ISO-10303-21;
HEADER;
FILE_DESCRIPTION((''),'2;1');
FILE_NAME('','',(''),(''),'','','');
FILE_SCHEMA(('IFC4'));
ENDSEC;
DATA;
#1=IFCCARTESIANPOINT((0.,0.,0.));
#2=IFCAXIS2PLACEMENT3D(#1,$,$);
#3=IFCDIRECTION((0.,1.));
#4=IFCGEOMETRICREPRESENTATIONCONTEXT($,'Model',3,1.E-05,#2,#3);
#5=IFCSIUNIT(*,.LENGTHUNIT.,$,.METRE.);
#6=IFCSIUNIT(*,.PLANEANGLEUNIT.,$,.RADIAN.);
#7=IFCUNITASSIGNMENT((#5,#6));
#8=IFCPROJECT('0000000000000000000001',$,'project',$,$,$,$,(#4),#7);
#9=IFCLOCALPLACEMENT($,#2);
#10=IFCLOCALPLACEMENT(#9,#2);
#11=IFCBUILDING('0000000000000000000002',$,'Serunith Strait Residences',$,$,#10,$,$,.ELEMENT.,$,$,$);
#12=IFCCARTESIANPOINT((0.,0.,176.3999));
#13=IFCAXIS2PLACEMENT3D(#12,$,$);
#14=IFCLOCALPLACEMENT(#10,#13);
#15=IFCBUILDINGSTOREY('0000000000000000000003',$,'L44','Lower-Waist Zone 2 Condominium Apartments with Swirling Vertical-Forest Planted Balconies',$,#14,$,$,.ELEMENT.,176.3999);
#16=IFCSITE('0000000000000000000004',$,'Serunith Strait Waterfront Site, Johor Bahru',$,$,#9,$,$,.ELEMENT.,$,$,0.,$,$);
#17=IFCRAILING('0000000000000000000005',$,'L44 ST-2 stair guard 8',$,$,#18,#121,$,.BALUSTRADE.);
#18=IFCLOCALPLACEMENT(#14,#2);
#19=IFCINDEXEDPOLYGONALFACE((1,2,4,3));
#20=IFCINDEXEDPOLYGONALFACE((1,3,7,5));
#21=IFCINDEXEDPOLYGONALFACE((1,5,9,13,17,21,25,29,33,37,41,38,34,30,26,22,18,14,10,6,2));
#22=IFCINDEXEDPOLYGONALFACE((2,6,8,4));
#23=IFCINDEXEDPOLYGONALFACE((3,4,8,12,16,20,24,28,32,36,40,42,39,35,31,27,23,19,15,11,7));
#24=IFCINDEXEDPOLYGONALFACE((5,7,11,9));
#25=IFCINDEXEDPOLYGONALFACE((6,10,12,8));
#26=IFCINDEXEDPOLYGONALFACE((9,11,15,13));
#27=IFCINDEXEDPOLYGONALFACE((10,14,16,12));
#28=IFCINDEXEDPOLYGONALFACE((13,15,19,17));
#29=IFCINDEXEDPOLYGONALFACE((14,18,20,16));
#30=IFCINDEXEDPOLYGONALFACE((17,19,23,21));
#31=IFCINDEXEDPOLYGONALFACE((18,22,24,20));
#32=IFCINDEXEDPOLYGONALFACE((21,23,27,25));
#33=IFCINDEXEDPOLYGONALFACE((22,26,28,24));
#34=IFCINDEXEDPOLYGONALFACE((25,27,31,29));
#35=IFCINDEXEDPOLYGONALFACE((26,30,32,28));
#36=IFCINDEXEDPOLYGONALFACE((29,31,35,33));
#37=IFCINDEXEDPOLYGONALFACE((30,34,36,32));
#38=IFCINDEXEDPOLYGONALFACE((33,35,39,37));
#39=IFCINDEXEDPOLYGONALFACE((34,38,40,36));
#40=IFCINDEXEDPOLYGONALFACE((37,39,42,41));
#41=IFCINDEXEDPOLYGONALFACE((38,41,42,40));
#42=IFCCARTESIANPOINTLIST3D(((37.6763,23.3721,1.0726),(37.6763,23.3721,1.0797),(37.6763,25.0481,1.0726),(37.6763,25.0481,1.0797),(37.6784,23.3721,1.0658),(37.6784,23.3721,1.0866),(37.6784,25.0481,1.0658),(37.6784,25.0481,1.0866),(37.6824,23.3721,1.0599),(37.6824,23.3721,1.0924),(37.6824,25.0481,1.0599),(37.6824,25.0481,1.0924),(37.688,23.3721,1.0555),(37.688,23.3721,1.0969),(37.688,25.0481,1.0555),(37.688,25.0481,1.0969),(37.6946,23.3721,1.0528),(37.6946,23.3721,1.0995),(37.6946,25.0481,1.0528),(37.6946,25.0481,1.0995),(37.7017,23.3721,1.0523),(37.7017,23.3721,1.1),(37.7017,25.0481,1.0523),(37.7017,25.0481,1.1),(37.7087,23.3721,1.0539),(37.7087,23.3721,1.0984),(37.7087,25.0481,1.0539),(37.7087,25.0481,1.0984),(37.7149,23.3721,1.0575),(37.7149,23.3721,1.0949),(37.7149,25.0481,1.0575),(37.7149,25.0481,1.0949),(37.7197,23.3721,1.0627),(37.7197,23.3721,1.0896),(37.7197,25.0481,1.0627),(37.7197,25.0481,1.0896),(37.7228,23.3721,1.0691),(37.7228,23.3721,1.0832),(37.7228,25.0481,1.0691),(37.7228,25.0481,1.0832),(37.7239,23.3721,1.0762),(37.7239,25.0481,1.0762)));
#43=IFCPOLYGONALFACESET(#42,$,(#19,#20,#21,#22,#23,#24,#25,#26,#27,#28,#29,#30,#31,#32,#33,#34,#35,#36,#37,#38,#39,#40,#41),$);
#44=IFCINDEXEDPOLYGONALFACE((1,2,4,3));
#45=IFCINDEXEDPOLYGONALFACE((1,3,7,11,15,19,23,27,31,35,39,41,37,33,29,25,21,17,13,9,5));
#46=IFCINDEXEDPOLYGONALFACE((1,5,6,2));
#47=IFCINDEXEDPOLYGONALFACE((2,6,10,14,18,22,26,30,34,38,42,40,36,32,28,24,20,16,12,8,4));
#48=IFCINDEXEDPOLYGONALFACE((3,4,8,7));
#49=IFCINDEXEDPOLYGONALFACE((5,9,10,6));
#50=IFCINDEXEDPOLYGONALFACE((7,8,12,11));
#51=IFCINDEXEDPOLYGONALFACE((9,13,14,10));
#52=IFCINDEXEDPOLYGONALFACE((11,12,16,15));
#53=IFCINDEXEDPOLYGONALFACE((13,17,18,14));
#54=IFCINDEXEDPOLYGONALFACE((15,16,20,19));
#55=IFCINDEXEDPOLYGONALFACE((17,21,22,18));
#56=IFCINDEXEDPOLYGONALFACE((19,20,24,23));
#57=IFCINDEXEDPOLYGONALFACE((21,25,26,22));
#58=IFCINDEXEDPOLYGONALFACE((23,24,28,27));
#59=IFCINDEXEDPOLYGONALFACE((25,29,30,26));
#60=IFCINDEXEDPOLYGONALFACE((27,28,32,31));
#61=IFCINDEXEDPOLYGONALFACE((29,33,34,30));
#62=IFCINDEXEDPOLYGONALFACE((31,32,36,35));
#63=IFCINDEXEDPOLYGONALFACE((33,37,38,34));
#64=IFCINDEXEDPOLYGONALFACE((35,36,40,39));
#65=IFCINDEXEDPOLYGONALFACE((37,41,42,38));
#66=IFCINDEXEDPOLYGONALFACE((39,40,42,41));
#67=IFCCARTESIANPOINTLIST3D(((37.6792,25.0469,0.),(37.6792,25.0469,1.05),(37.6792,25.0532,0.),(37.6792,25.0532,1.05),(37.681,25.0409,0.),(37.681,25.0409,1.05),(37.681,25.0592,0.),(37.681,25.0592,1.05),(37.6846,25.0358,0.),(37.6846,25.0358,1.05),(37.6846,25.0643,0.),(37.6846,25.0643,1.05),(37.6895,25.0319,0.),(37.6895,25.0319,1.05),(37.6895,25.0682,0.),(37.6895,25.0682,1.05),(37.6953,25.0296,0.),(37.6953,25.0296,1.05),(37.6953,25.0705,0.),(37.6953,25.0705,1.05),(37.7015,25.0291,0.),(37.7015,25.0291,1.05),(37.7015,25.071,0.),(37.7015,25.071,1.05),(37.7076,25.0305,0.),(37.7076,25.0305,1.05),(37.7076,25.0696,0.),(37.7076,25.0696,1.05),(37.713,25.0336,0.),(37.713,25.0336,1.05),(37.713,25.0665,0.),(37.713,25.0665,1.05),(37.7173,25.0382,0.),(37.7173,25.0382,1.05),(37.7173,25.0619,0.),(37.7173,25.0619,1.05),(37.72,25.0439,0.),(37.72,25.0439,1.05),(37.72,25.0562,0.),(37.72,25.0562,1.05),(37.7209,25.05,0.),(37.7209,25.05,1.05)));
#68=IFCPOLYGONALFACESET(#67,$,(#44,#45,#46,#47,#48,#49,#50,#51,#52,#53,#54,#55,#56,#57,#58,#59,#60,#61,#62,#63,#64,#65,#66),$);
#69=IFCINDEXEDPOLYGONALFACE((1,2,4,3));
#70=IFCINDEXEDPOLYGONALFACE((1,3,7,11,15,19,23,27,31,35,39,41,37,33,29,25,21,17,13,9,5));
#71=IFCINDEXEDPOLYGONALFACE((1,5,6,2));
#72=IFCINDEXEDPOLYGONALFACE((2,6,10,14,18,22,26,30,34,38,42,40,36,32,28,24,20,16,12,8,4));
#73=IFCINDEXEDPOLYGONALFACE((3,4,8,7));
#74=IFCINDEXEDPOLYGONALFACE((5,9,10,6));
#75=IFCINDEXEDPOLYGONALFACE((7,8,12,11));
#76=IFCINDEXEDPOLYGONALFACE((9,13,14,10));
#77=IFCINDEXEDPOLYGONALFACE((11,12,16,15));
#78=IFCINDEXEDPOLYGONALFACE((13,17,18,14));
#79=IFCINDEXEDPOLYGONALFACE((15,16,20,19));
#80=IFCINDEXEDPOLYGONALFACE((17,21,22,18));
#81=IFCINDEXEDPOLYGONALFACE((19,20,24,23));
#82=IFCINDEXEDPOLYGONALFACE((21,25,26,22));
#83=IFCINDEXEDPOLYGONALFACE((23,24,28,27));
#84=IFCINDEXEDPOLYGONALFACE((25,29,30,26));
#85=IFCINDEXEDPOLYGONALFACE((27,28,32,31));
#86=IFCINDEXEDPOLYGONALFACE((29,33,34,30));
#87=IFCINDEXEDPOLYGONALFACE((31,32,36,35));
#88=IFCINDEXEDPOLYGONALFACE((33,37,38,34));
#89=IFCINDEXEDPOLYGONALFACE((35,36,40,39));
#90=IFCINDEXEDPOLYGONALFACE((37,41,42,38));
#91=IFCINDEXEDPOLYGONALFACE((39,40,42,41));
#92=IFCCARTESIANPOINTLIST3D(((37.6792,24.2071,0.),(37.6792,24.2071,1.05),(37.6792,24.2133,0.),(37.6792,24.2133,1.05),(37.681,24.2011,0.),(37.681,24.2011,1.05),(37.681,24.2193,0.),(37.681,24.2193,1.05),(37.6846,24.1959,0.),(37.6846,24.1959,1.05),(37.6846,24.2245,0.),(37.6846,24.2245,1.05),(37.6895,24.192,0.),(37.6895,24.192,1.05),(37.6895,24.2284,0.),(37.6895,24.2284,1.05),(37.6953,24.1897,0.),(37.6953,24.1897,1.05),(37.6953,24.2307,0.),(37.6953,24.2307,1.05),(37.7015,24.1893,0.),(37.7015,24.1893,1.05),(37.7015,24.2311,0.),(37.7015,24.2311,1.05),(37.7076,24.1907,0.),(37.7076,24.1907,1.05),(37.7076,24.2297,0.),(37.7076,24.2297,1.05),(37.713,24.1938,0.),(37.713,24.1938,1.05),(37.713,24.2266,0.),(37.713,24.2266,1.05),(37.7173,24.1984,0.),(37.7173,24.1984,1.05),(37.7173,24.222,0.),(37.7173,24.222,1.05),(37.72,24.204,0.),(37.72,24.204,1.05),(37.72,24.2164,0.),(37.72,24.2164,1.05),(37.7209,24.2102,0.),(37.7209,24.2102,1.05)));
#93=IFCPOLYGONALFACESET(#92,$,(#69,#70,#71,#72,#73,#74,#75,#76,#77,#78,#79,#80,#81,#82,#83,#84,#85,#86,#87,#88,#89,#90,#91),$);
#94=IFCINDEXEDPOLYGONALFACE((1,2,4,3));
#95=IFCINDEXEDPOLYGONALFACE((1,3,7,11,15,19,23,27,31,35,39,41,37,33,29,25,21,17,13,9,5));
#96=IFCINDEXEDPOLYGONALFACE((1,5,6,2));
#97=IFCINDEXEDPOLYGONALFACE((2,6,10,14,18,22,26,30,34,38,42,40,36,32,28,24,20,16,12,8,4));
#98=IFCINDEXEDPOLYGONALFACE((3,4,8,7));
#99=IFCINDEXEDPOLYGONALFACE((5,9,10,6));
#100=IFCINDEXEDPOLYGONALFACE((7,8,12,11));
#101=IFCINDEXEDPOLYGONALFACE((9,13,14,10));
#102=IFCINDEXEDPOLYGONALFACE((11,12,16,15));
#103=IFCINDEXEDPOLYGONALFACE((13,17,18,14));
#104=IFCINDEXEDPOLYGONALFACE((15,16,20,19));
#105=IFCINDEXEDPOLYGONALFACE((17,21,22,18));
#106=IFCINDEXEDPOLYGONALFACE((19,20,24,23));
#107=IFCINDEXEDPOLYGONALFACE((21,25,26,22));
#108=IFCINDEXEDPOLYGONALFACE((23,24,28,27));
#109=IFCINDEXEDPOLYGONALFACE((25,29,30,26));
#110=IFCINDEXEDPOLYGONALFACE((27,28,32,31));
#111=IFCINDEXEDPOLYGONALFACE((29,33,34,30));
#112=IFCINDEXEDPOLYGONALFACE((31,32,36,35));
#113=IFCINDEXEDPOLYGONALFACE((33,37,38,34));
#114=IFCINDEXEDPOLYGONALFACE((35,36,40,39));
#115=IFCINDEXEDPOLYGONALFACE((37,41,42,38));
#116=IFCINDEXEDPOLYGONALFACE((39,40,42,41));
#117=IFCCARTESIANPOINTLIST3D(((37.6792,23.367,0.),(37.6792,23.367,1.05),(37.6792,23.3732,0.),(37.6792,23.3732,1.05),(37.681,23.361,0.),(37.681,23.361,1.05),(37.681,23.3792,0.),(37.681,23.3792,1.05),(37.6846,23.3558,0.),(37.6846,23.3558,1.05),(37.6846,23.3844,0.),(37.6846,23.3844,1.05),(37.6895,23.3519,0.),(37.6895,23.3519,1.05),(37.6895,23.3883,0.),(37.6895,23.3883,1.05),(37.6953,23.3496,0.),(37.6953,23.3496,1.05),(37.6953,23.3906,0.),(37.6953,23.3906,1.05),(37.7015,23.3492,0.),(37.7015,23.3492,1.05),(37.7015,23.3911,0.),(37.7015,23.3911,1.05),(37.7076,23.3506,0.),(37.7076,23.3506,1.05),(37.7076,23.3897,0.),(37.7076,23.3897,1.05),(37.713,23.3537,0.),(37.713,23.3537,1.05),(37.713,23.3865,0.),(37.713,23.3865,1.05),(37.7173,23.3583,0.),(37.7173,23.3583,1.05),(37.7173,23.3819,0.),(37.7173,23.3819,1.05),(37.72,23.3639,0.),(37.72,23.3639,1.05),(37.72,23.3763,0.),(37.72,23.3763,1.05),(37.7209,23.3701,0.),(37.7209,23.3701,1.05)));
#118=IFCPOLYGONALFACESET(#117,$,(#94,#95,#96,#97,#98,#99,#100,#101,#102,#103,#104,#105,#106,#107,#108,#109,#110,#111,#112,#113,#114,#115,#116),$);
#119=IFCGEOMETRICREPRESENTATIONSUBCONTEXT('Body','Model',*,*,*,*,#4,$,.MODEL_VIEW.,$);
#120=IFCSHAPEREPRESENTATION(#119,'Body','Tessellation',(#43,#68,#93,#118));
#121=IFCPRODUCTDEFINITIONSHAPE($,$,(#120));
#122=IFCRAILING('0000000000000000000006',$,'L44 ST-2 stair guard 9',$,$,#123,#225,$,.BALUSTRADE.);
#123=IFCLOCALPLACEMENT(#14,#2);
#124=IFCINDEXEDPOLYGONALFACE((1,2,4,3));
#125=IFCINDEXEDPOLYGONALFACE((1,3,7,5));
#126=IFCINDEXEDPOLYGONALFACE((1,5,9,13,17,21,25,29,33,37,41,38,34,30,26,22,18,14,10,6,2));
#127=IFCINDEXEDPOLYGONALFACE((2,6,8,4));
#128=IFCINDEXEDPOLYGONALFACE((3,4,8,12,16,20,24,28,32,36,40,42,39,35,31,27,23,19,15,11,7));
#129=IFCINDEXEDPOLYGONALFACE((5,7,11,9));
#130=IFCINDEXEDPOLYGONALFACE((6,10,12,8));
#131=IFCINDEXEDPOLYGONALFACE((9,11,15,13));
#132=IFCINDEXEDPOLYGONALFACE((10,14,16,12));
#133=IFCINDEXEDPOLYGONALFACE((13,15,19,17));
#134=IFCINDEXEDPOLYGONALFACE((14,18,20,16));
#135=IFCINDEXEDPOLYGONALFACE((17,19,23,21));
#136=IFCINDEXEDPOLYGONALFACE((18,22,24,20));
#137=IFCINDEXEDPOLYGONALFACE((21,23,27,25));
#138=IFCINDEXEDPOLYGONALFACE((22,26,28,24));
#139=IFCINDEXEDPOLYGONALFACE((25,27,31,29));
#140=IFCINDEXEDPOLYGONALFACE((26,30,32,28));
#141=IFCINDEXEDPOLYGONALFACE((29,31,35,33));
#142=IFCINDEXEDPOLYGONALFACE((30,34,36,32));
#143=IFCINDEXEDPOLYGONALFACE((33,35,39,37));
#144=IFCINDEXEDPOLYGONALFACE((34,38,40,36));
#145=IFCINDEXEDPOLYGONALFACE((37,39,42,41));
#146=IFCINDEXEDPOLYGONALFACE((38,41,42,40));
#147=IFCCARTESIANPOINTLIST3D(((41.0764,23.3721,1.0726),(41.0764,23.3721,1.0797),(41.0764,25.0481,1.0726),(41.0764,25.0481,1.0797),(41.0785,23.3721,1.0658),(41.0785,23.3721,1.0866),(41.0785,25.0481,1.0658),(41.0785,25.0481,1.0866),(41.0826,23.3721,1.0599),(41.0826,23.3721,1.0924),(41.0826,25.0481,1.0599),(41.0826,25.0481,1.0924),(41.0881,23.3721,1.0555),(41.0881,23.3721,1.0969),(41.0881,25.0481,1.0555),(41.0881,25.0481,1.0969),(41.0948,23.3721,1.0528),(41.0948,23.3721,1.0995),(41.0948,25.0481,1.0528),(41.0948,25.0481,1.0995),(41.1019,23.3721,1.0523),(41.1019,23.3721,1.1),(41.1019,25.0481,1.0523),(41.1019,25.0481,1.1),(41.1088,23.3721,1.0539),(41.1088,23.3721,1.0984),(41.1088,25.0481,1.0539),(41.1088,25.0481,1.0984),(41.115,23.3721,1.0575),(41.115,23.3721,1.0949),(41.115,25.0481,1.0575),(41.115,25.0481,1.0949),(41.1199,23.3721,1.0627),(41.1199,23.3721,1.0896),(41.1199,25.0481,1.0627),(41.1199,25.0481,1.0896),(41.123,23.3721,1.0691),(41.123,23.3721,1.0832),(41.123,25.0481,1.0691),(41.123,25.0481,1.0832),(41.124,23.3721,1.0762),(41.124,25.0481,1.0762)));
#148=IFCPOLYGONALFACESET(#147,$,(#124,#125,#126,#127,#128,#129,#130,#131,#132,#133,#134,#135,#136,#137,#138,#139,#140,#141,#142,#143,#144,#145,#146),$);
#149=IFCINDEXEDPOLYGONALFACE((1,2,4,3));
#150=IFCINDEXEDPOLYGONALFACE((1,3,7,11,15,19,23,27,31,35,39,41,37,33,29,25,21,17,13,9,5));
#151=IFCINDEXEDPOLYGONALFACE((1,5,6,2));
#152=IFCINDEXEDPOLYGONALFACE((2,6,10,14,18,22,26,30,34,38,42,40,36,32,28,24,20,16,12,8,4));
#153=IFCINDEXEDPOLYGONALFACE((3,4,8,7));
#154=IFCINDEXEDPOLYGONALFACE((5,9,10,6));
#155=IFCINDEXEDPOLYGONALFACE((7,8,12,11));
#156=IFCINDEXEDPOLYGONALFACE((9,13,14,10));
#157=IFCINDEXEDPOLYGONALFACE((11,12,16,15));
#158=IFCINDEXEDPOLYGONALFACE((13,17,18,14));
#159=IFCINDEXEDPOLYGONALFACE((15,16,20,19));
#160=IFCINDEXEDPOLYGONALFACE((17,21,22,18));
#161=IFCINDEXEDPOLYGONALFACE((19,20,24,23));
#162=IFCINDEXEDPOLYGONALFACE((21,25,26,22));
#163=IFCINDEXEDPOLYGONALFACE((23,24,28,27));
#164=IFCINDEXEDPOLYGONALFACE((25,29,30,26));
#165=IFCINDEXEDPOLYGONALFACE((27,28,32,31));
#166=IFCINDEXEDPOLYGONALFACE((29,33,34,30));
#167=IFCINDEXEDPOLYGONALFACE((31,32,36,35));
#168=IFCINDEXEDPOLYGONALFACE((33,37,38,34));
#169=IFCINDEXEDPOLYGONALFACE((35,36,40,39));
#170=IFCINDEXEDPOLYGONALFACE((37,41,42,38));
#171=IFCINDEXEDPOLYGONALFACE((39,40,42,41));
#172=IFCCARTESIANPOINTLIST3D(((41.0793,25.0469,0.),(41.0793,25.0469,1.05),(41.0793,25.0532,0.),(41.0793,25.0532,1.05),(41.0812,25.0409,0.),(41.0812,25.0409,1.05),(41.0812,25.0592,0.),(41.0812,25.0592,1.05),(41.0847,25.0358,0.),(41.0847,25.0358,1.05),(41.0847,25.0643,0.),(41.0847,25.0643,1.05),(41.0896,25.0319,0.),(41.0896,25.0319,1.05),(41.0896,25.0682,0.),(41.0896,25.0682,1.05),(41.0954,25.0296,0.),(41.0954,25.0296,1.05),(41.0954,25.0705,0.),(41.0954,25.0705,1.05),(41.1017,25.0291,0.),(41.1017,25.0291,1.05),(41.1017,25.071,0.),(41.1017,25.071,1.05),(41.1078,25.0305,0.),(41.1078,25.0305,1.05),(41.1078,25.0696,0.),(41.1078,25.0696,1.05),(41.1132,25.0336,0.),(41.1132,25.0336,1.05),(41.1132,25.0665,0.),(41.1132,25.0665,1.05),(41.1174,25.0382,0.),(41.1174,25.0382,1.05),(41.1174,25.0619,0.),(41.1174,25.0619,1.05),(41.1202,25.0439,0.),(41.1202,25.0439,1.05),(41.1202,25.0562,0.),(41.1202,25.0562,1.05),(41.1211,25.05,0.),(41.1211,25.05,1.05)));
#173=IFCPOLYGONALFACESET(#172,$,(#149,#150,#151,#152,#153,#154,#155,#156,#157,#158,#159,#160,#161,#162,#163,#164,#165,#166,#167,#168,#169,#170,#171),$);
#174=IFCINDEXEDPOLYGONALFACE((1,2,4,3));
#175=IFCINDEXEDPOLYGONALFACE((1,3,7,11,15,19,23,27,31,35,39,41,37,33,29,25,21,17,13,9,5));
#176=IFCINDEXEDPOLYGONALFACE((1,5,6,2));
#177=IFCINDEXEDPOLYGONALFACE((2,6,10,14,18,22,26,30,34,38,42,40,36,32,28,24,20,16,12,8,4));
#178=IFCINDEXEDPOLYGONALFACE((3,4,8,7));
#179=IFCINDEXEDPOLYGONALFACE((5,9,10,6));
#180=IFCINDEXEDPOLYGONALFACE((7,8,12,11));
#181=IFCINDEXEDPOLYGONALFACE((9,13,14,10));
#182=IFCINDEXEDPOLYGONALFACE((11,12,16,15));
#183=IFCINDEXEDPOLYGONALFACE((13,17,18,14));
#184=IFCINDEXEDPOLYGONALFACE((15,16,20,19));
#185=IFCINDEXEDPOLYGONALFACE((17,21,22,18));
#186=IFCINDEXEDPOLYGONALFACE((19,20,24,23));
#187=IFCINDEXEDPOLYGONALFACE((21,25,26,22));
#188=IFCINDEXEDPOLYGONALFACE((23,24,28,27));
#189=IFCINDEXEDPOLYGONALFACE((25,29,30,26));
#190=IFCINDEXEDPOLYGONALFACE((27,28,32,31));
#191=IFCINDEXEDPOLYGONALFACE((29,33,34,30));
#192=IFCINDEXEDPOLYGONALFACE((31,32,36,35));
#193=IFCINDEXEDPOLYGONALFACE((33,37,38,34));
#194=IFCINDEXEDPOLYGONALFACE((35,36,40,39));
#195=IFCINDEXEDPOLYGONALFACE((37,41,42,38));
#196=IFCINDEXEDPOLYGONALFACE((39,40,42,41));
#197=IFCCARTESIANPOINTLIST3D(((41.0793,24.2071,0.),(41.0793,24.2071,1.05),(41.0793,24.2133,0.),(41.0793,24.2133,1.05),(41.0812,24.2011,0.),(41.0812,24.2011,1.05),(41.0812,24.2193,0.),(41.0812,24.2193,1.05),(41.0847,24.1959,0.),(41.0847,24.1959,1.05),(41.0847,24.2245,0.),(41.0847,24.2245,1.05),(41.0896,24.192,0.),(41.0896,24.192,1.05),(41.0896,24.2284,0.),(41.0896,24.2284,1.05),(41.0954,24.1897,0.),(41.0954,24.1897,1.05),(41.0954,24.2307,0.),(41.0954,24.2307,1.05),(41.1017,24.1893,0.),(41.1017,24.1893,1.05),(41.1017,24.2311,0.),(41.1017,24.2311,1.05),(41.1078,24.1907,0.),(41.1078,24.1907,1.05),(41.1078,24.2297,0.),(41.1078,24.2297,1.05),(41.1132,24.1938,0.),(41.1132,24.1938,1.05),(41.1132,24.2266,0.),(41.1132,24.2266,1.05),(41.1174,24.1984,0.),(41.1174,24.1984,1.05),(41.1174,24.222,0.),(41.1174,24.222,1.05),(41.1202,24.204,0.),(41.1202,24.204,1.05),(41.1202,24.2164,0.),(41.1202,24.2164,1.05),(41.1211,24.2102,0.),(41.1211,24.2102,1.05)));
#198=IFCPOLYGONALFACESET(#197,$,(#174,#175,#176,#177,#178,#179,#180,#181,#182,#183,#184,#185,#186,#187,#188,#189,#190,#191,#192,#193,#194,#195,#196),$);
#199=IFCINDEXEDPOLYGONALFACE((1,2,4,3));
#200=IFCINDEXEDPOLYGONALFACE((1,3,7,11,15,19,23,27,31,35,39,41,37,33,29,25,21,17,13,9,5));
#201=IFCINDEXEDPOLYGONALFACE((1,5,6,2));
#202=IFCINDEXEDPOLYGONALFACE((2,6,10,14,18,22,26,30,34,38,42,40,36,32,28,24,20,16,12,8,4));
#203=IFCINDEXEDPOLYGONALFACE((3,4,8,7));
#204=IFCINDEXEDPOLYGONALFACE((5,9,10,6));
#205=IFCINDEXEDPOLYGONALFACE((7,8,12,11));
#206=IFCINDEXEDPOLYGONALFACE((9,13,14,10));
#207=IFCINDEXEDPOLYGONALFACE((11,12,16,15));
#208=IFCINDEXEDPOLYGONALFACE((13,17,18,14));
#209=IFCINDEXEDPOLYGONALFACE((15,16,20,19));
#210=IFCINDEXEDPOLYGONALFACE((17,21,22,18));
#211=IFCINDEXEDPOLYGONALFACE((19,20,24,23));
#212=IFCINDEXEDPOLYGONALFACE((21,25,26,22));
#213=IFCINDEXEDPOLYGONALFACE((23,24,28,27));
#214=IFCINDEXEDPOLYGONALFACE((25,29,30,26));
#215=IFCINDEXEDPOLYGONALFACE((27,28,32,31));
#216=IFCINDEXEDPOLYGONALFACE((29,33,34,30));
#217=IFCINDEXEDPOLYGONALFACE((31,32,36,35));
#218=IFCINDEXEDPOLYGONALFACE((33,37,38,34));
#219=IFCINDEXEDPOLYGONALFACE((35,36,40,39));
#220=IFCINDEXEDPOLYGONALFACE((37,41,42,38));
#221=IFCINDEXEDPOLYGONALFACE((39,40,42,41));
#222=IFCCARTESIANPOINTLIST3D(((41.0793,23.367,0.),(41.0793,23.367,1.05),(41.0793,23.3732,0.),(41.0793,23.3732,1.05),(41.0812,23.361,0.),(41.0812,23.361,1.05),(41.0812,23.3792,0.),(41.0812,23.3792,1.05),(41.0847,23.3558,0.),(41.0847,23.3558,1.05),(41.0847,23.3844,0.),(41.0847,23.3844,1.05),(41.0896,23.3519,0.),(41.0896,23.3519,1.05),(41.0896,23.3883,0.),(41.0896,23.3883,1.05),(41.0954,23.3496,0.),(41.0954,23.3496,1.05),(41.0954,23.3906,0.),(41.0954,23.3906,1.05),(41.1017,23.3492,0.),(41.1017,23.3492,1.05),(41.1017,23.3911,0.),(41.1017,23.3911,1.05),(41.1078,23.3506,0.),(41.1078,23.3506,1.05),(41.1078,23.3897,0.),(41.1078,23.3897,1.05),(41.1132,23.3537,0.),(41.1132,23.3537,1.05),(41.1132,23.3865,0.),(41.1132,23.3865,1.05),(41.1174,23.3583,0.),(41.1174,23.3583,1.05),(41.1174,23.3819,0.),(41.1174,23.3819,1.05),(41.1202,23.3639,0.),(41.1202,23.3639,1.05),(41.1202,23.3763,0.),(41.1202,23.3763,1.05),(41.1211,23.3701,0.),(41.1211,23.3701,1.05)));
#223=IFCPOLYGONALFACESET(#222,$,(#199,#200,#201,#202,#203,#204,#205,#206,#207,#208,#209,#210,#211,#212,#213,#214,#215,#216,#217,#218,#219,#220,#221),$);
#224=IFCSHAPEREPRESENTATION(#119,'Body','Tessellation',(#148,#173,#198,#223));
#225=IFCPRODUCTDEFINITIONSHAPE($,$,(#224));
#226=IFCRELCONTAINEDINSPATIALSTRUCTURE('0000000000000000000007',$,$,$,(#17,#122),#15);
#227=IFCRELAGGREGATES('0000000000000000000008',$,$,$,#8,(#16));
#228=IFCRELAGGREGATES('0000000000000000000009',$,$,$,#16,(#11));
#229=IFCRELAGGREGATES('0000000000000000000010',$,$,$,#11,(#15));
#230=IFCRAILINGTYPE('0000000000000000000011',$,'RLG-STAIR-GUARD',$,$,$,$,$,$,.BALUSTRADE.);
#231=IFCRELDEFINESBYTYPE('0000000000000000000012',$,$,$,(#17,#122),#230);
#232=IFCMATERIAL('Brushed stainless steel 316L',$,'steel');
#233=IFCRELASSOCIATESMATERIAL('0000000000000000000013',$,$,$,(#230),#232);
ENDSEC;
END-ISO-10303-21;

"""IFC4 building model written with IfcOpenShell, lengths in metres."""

from ifc_helpers import new_model, si_unit, direction, frame, origin, origin_2d, place, context, subcontext, project, spatial, circle, extrude, material, type_object, element, save


model = new_model("IFC4")

# Units and contexts
model_context = context("Model", 3, precision=1e-05, world=origin(), true_north=direction((0.0, 1.0)))
body_context = subcontext(model_context, "Body", "Model", "MODEL_VIEW")
ifc_project = project(units=[si_unit("LENGTHUNIT", "METRE"), si_unit("PLANEANGLEUNIT", "RADIAN")], contexts=[model_context])

# Site, building, storey
site_placement = place(None, origin())
site = spatial("IfcSite", under=ifc_project, at=site_placement, Name="Serunith Strait Waterfront Site, Johor Bahru", CompositionType="ELEMENT", RefElevation=0.0)
building_placement = place(site_placement, origin())
building = spatial("IfcBuilding", under=site, at=building_placement, Name="Serunith Strait Residences", CompositionType="ELEMENT")
storey_placement = place(building_placement, frame((0.0, 0.0, 176.3999)))
storey = spatial("IfcBuildingStorey", under=building, at=storey_placement, Name="L44", Description="Lower-Waist Zone 2 Condominium Apartments with Swirling Vertical-Forest Planted Balconies", CompositionType="ELEMENT", Elevation=176.3999)

# Railings
ifc_material_1 = material(Name="Brushed stainless steel 316L", Category="steel")
railing_type = type_object("IfcRailingType", Name="RLG-STAIR-GUARD", PredefinedType="BALUSTRADE", material=ifc_material_1)
for number, where, name in (
    (1, (37.7, 25.05, 0.0), "L44 ST-2 stair guard 8"),
    (2, (41.1001, 25.05, 0.0), "L44 ST-2 stair guard 9"),
):
    element("IfcRailing", number, at=place(storey_placement, frame(where)), inside=storey, type_object=railing_type, Name=name, PredefinedType="BALUSTRADE", context=body_context, shape_type="SweptSolid", body=[
        extrude(circle(Radius=0.0239, at=origin_2d()), frame((0.0, -0.002, 1.0762), z_axis=(0.0, -1.0, 0.0), x_axis=(1.0, 0.0, 0.0)), (0.0, 0.0, 1.0), 1.676),
        extrude(circle(Radius=0.021, at=origin_2d()), origin(), (0.0, 0.0, 1.0), 1.05),
        extrude(circle(Radius=0.021, at=origin_2d()), frame((0.0, -0.8398, 0.0)), (0.0, 0.0, 1.0), 1.05),
        extrude(circle(Radius=0.021, at=origin_2d()), frame((0.0, -1.6799, 0.0)), (0.0, 0.0, 1.0), 1.05),
    ])

save(model, "model.ifc")
